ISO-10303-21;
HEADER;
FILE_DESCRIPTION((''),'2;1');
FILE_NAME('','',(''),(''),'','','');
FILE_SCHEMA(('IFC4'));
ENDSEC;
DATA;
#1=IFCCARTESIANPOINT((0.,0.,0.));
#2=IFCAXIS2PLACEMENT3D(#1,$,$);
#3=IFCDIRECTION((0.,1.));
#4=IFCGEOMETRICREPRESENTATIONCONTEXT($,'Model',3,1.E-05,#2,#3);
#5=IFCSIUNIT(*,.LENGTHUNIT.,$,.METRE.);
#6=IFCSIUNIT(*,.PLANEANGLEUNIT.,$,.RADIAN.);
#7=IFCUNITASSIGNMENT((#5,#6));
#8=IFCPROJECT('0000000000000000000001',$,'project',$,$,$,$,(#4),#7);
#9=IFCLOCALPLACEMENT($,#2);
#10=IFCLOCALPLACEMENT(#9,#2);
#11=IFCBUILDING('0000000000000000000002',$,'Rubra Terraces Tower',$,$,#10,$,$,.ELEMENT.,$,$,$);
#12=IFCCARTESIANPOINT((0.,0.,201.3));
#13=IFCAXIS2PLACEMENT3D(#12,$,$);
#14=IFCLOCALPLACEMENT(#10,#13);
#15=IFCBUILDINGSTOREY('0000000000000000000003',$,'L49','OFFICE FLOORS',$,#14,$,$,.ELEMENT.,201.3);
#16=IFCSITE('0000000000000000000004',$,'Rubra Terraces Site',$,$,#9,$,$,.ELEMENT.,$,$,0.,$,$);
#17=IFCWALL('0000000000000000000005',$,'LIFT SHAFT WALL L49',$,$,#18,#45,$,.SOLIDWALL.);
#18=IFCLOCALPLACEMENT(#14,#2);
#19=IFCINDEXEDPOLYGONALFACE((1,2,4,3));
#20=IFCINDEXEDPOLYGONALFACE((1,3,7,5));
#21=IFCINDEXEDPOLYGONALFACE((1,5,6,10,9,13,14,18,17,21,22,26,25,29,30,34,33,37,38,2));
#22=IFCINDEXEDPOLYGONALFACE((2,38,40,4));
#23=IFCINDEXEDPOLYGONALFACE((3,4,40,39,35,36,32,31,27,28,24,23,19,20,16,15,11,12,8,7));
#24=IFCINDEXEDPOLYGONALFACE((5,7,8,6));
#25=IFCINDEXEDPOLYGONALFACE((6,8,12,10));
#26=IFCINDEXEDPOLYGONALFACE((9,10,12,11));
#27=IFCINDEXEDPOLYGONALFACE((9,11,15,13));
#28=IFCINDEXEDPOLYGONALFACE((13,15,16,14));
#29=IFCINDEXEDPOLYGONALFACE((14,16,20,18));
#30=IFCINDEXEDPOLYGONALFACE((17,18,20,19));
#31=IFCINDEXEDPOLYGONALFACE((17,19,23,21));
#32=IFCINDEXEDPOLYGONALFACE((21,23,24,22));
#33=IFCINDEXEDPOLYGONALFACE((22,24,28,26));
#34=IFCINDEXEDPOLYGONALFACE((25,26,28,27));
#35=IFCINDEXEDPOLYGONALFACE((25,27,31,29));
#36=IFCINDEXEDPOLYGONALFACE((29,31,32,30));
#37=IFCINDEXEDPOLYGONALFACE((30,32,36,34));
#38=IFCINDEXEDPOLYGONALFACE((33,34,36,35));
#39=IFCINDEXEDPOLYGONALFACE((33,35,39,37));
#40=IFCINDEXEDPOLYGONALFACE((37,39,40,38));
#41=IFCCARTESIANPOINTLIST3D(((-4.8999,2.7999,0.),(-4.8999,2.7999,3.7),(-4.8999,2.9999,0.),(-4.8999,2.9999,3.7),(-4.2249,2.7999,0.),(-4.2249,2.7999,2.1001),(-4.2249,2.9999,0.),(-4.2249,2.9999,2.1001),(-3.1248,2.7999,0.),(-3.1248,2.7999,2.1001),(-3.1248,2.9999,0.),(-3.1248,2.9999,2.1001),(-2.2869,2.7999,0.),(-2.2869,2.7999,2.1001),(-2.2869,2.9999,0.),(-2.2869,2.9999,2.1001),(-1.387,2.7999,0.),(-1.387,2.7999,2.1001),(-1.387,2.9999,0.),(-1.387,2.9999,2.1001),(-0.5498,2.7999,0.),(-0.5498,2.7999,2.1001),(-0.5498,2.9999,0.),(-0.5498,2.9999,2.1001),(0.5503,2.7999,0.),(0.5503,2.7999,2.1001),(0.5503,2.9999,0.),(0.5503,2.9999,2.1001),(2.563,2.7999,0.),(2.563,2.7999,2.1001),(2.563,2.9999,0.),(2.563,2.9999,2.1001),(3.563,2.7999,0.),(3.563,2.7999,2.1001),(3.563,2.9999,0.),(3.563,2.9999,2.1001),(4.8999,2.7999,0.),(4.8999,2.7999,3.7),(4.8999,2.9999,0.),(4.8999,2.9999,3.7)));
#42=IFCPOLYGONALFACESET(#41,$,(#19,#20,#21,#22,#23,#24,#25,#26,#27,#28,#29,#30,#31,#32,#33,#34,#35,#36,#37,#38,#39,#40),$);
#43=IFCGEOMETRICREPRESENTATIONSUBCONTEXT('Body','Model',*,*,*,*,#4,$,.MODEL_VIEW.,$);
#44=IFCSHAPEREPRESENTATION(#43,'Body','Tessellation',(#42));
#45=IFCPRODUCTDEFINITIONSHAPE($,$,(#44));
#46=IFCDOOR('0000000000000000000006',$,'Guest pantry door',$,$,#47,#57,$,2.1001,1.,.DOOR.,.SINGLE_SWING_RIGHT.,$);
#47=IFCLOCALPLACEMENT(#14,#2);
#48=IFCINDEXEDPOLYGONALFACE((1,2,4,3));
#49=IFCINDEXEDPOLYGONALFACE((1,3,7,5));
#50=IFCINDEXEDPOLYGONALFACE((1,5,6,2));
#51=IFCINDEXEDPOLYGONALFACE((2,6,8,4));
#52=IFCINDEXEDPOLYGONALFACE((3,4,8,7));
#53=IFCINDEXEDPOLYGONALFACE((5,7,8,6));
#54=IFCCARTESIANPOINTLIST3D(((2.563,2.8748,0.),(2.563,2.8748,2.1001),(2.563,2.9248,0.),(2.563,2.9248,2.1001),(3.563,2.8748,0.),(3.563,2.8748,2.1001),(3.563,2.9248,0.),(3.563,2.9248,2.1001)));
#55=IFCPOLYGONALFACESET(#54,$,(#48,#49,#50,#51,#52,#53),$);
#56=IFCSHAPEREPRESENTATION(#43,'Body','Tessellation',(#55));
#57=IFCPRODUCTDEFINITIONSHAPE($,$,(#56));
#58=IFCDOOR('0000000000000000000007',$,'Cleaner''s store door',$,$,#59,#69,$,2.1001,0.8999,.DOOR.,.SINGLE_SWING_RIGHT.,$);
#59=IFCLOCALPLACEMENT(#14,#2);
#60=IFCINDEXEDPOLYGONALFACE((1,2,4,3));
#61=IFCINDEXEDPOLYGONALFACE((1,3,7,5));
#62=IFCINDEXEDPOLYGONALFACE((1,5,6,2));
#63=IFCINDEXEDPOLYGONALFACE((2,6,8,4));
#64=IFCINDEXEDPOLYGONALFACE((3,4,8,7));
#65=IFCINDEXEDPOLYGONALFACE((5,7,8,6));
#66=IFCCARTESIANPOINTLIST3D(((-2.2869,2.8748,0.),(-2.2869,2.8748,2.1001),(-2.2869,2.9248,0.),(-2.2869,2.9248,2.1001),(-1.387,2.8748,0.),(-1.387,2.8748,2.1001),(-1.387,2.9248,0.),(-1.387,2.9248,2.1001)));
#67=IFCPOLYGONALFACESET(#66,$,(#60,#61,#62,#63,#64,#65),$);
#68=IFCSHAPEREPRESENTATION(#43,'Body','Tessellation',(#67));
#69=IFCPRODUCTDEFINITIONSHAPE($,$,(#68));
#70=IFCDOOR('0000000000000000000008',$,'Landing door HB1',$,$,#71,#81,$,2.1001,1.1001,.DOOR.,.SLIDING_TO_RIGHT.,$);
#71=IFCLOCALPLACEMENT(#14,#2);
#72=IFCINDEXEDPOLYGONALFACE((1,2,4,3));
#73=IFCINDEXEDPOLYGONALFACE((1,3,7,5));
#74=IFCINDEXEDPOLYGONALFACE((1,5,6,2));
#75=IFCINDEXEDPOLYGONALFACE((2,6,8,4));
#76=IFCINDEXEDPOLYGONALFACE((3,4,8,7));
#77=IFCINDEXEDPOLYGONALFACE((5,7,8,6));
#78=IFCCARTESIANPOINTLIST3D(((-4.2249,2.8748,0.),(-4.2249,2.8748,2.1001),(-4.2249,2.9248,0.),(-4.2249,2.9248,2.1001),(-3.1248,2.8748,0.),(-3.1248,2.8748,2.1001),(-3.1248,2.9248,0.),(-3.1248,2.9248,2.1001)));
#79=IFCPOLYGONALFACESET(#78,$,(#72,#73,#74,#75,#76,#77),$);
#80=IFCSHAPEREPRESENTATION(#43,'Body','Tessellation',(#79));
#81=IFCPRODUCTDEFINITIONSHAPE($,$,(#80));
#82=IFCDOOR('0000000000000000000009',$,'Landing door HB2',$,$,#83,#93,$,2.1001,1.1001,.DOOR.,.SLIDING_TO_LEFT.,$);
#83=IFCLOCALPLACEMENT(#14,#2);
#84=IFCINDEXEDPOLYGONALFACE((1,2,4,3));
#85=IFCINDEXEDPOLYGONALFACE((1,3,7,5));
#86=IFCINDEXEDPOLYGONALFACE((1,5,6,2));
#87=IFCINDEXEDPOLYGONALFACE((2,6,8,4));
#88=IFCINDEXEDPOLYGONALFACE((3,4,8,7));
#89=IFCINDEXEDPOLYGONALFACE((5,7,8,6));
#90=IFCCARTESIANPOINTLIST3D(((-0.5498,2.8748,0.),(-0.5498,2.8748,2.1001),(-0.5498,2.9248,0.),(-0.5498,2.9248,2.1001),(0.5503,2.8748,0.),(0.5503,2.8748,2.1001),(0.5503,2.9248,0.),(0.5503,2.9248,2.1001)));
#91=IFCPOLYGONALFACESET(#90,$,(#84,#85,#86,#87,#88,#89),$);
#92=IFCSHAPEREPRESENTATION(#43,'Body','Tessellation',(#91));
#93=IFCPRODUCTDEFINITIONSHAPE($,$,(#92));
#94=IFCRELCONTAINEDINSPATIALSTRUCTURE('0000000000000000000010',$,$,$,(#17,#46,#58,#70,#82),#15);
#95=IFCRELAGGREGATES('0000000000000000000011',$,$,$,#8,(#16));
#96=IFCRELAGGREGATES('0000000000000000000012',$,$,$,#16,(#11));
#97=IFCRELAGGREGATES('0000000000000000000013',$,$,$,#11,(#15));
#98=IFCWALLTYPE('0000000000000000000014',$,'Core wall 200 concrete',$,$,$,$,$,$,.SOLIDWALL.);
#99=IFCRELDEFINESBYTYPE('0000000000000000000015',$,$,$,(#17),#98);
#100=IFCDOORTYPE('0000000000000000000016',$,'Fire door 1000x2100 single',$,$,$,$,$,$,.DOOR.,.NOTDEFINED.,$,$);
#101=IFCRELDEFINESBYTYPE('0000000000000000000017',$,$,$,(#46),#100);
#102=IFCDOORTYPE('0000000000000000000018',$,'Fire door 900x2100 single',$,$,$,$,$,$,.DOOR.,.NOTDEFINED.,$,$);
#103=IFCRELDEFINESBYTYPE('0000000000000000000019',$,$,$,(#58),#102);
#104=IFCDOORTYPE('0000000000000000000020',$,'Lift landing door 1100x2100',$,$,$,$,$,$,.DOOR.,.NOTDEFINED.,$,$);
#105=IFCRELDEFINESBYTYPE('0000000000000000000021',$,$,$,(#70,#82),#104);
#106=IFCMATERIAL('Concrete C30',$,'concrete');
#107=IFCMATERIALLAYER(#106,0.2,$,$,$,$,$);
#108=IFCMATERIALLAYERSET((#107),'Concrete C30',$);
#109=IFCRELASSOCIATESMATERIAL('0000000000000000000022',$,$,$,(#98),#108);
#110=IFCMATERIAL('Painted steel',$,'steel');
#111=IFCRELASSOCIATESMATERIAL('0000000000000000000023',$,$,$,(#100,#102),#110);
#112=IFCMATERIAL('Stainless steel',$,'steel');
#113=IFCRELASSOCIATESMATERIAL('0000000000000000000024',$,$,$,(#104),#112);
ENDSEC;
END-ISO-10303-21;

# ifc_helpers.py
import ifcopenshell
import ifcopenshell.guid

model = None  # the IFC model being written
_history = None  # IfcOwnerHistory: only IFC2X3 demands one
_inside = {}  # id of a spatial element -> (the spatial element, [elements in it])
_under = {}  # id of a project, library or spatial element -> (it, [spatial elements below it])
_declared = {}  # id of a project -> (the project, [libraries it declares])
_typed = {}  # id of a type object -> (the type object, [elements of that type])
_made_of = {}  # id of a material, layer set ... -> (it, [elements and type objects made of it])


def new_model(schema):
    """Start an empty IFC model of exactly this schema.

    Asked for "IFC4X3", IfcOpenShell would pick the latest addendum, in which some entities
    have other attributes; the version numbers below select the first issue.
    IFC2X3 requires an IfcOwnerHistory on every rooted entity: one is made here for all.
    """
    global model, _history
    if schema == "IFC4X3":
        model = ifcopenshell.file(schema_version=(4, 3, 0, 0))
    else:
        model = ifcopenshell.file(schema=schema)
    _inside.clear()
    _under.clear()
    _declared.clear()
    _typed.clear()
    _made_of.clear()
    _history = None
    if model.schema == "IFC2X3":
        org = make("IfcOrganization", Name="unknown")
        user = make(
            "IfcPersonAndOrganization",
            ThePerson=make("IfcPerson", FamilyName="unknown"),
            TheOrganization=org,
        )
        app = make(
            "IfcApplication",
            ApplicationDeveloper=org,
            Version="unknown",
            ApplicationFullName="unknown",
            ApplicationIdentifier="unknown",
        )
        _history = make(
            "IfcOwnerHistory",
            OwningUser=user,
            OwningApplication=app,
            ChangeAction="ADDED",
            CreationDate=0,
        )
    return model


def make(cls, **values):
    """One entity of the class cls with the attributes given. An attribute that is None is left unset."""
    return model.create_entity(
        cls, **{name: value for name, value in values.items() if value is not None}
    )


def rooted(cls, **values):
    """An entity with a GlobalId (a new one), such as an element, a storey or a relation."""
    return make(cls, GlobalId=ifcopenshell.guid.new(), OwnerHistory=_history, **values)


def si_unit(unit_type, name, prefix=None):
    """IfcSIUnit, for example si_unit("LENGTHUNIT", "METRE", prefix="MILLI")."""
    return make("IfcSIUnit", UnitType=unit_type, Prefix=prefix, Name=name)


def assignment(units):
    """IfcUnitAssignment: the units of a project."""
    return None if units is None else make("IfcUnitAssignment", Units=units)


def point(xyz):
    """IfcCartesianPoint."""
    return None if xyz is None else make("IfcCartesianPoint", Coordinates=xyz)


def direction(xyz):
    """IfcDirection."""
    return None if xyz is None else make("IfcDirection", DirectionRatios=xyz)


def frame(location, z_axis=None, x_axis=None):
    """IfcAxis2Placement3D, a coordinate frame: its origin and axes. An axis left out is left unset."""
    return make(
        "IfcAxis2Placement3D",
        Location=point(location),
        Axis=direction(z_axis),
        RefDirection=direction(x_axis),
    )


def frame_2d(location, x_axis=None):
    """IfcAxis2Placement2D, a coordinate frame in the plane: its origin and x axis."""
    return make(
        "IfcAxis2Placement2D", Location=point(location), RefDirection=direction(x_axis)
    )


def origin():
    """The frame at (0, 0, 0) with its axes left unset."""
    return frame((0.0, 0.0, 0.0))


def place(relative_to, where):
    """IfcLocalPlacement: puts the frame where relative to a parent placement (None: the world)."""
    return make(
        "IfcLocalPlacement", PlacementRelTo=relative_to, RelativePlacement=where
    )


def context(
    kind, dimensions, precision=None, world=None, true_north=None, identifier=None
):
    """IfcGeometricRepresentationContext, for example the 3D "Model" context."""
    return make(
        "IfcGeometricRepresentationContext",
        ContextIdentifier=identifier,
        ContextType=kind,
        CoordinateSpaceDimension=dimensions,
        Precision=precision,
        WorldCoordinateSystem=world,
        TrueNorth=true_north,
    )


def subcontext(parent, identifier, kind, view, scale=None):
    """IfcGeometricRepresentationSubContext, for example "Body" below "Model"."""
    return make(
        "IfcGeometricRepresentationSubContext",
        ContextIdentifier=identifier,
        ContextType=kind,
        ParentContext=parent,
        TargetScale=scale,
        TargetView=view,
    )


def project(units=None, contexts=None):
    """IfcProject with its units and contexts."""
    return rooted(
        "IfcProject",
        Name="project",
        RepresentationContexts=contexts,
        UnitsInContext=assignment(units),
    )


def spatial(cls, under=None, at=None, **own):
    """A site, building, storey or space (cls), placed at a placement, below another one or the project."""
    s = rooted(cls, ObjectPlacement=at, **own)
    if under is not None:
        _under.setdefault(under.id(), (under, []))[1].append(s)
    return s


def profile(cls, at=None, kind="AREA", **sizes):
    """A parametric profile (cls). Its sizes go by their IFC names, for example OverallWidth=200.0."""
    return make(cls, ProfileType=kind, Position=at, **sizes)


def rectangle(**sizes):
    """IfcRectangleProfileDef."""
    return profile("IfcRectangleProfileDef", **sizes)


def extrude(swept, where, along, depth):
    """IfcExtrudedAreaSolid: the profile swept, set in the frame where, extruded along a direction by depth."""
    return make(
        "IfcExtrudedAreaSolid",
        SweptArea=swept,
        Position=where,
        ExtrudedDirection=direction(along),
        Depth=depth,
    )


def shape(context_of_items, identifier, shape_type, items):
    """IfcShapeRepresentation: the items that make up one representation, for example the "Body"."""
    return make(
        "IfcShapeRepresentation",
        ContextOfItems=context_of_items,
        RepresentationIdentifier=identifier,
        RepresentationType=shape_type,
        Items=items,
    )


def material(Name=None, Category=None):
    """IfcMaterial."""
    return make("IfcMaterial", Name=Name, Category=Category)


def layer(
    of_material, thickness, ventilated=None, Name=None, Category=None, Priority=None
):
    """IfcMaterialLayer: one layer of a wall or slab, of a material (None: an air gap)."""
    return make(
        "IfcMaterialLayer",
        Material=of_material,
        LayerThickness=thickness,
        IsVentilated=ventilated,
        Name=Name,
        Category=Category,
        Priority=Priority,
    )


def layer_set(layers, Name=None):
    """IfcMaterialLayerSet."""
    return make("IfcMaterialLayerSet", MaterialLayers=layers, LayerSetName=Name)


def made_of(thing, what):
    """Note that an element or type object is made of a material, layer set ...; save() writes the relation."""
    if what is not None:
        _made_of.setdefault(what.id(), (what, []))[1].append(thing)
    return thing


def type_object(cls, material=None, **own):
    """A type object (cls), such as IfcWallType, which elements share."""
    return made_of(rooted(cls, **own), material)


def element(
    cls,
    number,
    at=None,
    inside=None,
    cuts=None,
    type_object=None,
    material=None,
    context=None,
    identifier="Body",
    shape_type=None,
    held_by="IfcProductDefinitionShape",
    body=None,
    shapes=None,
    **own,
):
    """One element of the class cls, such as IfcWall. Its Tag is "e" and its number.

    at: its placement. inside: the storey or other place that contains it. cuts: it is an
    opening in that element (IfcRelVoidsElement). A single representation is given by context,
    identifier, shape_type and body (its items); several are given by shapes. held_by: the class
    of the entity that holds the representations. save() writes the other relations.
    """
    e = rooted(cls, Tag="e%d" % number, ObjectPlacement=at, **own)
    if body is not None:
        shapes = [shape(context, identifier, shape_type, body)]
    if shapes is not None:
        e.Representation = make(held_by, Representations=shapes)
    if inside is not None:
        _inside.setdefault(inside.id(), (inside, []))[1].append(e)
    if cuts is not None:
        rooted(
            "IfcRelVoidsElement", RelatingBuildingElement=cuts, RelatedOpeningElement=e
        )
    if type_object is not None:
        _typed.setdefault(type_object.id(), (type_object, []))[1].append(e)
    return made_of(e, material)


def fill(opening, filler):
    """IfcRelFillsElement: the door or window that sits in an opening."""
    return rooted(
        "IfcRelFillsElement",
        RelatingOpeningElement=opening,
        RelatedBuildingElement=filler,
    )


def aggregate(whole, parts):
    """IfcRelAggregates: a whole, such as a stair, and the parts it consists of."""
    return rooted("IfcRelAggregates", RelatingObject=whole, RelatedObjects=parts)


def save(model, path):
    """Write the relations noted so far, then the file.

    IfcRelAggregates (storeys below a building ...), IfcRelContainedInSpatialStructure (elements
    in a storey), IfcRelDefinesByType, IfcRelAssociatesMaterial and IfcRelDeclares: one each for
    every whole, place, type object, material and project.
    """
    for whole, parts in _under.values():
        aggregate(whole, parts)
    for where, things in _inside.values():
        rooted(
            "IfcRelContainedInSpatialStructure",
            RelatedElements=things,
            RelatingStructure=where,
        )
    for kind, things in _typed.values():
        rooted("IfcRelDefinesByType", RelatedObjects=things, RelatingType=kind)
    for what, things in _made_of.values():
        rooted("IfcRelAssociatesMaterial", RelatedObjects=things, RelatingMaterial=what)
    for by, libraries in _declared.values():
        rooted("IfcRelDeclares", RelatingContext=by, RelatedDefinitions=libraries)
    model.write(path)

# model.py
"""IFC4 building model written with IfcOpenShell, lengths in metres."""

from ifc_helpers import new_model, si_unit, direction, frame, frame_2d, origin, place, context, subcontext, project, spatial, rectangle, extrude, material, layer, layer_set, type_object, element, fill, save


model = new_model("IFC4")

# Units and contexts
model_context = context("Model", 3, precision=1e-05, world=origin(), true_north=direction((0.0, 1.0)))
body_context = subcontext(model_context, "Body", "Model", "MODEL_VIEW")
ifc_project = project(units=[si_unit("LENGTHUNIT", "METRE"), si_unit("PLANEANGLEUNIT", "RADIAN")], contexts=[model_context])

# Site, building, storey
site_placement = place(None, origin())
site = spatial("IfcSite", under=ifc_project, at=site_placement, Name="Rubra Terraces Site", CompositionType="ELEMENT", RefElevation=0.0)
building_placement = place(site_placement, origin())
building = spatial("IfcBuilding", under=site, at=building_placement, Name="Rubra Terraces Tower", CompositionType="ELEMENT")
storey_placement = place(building_placement, frame((0.0, 0.0, 201.3)))
storey = spatial("IfcBuildingStorey", under=building, at=storey_placement, Name="L49", Description="OFFICE FLOORS", CompositionType="ELEMENT", Elevation=201.3)

# Wall, openings, doors
ifc_material_1 = material(Name="Concrete C30", Category="concrete")
ifc_layer_1 = layer(ifc_material_1, 0.2)
ifc_layer_set_1 = layer_set([ifc_layer_1], Name="Concrete C30")
wall_type_1 = type_object("IfcWallType", Name="Core wall 200 concrete", PredefinedType="SOLIDWALL", material=ifc_layer_set_1)
wall_1_placement = place(storey_placement, frame((-4.8999, 2.8999, 0.0), z_axis=(0.0, 0.0, 1.0), x_axis=(1.0, 0.0, 0.0)))
wall_1 = element("IfcWall", 1, at=wall_1_placement, inside=storey, type_object=wall_type_1, Name="LIFT SHAFT WALL L49", PredefinedType="SOLIDWALL", context=body_context, shape_type="SweptSolid", body=[
    extrude(rectangle(XDim=9.7998, YDim=0.2, at=frame_2d((4.8999, 0.0))), origin(), (0.0, 0.0, 1.0), 3.7),
])
opening_1_placement = place(wall_1_placement, frame((0.675, 0.0, 0.0)))
opening_1 = element("IfcOpeningElement", 2, at=opening_1_placement, cuts=wall_1, PredefinedType="OPENING", context=body_context, shape_type="SweptSolid", body=[
    extrude(rectangle(XDim=1.1001, YDim=2.1001, at=frame_2d((0.55, 1.05))), frame((0.0, 0.1099, 0.0), z_axis=(0.0, -1.0, 0.0), x_axis=(1.0, 0.0, 0.0)), (0.0, 0.0, 1.0), 0.22),
])
opening_2_placement = place(wall_1_placement, frame((2.613, 0.0, 0.0)))
opening_2 = element("IfcOpeningElement", 3, at=opening_2_placement, cuts=wall_1, PredefinedType="OPENING", context=body_context, shape_type="SweptSolid", body=[
    extrude(rectangle(XDim=0.8999, YDim=2.1001, at=frame_2d((0.45, 1.05))), frame((0.0, 0.1099, 0.0), z_axis=(0.0, -1.0, 0.0), x_axis=(1.0, 0.0, 0.0)), (0.0, 0.0, 1.0), 0.22),
])
opening_3_placement = place(wall_1_placement, frame((4.3501, 0.0, 0.0)))
opening_3 = element("IfcOpeningElement", 4, at=opening_3_placement, cuts=wall_1, PredefinedType="OPENING", context=body_context, shape_type="SweptSolid", body=[
    extrude(rectangle(XDim=1.1001, YDim=2.1001, at=frame_2d((0.55, 1.05))), frame((0.0, 0.1099, 0.0), z_axis=(0.0, -1.0, 0.0), x_axis=(1.0, 0.0, 0.0)), (0.0, 0.0, 1.0), 0.22),
])
opening_4_placement = place(wall_1_placement, frame((7.4629, 0.0, 0.0)))
opening_4 = element("IfcOpeningElement", 5, at=opening_4_placement, cuts=wall_1, PredefinedType="OPENING", context=body_context, shape_type="SweptSolid", body=[
    extrude(rectangle(XDim=1.0, YDim=2.1001, at=frame_2d((0.5, 1.05))), frame((0.0, 0.1099, 0.0), z_axis=(0.0, -1.0, 0.0), x_axis=(1.0, 0.0, 0.0)), (0.0, 0.0, 1.0), 0.22),
])
ifc_material_2 = material(Name="Painted steel", Category="steel")
door_type_1 = type_object("IfcDoorType", Name="Fire door 1000x2100 single", OperationType="NOTDEFINED", PredefinedType="DOOR", material=ifc_material_2)
door_1_placement = place(opening_4_placement, origin())
door_1 = element("IfcDoor", 6, at=door_1_placement, inside=storey, type_object=door_type_1, Name="Guest pantry door", OperationType="SINGLE_SWING_RIGHT", OverallHeight=2.1001, OverallWidth=1.0, PredefinedType="DOOR", context=body_context, shape_type="SweptSolid", body=[
    extrude(rectangle(XDim=1.0, YDim=2.1001, at=frame_2d((0.5, 1.05))), frame((0.0, 0.0249, 0.0), z_axis=(0.0, -1.0, 0.0), x_axis=(1.0, 0.0, 0.0)), (0.0, 0.0, 1.0), 0.05),
])
fill(opening_4, door_1)
door_type_2 = type_object("IfcDoorType", Name="Fire door 900x2100 single", OperationType="NOTDEFINED", PredefinedType="DOOR", material=ifc_material_2)
door_2_placement = place(opening_2_placement, origin())
door_2 = element("IfcDoor", 7, at=door_2_placement, inside=storey, type_object=door_type_2, Name="Cleaner's store door", OperationType="SINGLE_SWING_RIGHT", OverallHeight=2.1001, OverallWidth=0.8999, PredefinedType="DOOR", context=body_context, shape_type="SweptSolid", body=[
    extrude(rectangle(XDim=0.8999, YDim=2.1001, at=frame_2d((0.45, 1.05))), frame((0.0, 0.0249, 0.0), z_axis=(0.0, -1.0, 0.0), x_axis=(1.0, 0.0, 0.0)), (0.0, 0.0, 1.0), 0.05),
])
fill(opening_2, door_2)
ifc_material_3 = material(Name="Stainless steel", Category="steel")
door_type_3 = type_object("IfcDoorType", Name="Lift landing door 1100x2100", OperationType="NOTDEFINED", PredefinedType="DOOR", material=ifc_material_3)
door_3_placement = place(opening_1_placement, origin())
door_3 = element("IfcDoor", 8, at=door_3_placement, inside=storey, type_object=door_type_3, Name="Landing door HB1", OperationType="SLIDING_TO_RIGHT", OverallHeight=2.1001, OverallWidth=1.1001, PredefinedType="DOOR", context=body_context, shape_type="SweptSolid", body=[
    extrude(rectangle(XDim=1.1001, YDim=2.1001, at=frame_2d((0.55, 1.05))), frame((0.0, 0.0249, 0.0), z_axis=(0.0, -1.0, 0.0), x_axis=(1.0, 0.0, 0.0)), (0.0, 0.0, 1.0), 0.05),
])
fill(opening_1, door_3)
door_4_placement = place(opening_3_placement, origin())
door_4 = element("IfcDoor", 9, at=door_4_placement, inside=storey, type_object=door_type_3, Name="Landing door HB2", OperationType="SLIDING_TO_LEFT", OverallHeight=2.1001, OverallWidth=1.1001, PredefinedType="DOOR", context=body_context, shape_type="SweptSolid", body=[
    extrude(rectangle(XDim=1.1001, YDim=2.1001, at=frame_2d((0.55, 1.05))), frame((0.0, 0.0249, 0.0), z_axis=(0.0, -1.0, 0.0), x_axis=(1.0, 0.0, 0.0)), (0.0, 0.0, 1.0), 0.05),
])
fill(opening_3, door_4)

save(model, "model.ifc")
